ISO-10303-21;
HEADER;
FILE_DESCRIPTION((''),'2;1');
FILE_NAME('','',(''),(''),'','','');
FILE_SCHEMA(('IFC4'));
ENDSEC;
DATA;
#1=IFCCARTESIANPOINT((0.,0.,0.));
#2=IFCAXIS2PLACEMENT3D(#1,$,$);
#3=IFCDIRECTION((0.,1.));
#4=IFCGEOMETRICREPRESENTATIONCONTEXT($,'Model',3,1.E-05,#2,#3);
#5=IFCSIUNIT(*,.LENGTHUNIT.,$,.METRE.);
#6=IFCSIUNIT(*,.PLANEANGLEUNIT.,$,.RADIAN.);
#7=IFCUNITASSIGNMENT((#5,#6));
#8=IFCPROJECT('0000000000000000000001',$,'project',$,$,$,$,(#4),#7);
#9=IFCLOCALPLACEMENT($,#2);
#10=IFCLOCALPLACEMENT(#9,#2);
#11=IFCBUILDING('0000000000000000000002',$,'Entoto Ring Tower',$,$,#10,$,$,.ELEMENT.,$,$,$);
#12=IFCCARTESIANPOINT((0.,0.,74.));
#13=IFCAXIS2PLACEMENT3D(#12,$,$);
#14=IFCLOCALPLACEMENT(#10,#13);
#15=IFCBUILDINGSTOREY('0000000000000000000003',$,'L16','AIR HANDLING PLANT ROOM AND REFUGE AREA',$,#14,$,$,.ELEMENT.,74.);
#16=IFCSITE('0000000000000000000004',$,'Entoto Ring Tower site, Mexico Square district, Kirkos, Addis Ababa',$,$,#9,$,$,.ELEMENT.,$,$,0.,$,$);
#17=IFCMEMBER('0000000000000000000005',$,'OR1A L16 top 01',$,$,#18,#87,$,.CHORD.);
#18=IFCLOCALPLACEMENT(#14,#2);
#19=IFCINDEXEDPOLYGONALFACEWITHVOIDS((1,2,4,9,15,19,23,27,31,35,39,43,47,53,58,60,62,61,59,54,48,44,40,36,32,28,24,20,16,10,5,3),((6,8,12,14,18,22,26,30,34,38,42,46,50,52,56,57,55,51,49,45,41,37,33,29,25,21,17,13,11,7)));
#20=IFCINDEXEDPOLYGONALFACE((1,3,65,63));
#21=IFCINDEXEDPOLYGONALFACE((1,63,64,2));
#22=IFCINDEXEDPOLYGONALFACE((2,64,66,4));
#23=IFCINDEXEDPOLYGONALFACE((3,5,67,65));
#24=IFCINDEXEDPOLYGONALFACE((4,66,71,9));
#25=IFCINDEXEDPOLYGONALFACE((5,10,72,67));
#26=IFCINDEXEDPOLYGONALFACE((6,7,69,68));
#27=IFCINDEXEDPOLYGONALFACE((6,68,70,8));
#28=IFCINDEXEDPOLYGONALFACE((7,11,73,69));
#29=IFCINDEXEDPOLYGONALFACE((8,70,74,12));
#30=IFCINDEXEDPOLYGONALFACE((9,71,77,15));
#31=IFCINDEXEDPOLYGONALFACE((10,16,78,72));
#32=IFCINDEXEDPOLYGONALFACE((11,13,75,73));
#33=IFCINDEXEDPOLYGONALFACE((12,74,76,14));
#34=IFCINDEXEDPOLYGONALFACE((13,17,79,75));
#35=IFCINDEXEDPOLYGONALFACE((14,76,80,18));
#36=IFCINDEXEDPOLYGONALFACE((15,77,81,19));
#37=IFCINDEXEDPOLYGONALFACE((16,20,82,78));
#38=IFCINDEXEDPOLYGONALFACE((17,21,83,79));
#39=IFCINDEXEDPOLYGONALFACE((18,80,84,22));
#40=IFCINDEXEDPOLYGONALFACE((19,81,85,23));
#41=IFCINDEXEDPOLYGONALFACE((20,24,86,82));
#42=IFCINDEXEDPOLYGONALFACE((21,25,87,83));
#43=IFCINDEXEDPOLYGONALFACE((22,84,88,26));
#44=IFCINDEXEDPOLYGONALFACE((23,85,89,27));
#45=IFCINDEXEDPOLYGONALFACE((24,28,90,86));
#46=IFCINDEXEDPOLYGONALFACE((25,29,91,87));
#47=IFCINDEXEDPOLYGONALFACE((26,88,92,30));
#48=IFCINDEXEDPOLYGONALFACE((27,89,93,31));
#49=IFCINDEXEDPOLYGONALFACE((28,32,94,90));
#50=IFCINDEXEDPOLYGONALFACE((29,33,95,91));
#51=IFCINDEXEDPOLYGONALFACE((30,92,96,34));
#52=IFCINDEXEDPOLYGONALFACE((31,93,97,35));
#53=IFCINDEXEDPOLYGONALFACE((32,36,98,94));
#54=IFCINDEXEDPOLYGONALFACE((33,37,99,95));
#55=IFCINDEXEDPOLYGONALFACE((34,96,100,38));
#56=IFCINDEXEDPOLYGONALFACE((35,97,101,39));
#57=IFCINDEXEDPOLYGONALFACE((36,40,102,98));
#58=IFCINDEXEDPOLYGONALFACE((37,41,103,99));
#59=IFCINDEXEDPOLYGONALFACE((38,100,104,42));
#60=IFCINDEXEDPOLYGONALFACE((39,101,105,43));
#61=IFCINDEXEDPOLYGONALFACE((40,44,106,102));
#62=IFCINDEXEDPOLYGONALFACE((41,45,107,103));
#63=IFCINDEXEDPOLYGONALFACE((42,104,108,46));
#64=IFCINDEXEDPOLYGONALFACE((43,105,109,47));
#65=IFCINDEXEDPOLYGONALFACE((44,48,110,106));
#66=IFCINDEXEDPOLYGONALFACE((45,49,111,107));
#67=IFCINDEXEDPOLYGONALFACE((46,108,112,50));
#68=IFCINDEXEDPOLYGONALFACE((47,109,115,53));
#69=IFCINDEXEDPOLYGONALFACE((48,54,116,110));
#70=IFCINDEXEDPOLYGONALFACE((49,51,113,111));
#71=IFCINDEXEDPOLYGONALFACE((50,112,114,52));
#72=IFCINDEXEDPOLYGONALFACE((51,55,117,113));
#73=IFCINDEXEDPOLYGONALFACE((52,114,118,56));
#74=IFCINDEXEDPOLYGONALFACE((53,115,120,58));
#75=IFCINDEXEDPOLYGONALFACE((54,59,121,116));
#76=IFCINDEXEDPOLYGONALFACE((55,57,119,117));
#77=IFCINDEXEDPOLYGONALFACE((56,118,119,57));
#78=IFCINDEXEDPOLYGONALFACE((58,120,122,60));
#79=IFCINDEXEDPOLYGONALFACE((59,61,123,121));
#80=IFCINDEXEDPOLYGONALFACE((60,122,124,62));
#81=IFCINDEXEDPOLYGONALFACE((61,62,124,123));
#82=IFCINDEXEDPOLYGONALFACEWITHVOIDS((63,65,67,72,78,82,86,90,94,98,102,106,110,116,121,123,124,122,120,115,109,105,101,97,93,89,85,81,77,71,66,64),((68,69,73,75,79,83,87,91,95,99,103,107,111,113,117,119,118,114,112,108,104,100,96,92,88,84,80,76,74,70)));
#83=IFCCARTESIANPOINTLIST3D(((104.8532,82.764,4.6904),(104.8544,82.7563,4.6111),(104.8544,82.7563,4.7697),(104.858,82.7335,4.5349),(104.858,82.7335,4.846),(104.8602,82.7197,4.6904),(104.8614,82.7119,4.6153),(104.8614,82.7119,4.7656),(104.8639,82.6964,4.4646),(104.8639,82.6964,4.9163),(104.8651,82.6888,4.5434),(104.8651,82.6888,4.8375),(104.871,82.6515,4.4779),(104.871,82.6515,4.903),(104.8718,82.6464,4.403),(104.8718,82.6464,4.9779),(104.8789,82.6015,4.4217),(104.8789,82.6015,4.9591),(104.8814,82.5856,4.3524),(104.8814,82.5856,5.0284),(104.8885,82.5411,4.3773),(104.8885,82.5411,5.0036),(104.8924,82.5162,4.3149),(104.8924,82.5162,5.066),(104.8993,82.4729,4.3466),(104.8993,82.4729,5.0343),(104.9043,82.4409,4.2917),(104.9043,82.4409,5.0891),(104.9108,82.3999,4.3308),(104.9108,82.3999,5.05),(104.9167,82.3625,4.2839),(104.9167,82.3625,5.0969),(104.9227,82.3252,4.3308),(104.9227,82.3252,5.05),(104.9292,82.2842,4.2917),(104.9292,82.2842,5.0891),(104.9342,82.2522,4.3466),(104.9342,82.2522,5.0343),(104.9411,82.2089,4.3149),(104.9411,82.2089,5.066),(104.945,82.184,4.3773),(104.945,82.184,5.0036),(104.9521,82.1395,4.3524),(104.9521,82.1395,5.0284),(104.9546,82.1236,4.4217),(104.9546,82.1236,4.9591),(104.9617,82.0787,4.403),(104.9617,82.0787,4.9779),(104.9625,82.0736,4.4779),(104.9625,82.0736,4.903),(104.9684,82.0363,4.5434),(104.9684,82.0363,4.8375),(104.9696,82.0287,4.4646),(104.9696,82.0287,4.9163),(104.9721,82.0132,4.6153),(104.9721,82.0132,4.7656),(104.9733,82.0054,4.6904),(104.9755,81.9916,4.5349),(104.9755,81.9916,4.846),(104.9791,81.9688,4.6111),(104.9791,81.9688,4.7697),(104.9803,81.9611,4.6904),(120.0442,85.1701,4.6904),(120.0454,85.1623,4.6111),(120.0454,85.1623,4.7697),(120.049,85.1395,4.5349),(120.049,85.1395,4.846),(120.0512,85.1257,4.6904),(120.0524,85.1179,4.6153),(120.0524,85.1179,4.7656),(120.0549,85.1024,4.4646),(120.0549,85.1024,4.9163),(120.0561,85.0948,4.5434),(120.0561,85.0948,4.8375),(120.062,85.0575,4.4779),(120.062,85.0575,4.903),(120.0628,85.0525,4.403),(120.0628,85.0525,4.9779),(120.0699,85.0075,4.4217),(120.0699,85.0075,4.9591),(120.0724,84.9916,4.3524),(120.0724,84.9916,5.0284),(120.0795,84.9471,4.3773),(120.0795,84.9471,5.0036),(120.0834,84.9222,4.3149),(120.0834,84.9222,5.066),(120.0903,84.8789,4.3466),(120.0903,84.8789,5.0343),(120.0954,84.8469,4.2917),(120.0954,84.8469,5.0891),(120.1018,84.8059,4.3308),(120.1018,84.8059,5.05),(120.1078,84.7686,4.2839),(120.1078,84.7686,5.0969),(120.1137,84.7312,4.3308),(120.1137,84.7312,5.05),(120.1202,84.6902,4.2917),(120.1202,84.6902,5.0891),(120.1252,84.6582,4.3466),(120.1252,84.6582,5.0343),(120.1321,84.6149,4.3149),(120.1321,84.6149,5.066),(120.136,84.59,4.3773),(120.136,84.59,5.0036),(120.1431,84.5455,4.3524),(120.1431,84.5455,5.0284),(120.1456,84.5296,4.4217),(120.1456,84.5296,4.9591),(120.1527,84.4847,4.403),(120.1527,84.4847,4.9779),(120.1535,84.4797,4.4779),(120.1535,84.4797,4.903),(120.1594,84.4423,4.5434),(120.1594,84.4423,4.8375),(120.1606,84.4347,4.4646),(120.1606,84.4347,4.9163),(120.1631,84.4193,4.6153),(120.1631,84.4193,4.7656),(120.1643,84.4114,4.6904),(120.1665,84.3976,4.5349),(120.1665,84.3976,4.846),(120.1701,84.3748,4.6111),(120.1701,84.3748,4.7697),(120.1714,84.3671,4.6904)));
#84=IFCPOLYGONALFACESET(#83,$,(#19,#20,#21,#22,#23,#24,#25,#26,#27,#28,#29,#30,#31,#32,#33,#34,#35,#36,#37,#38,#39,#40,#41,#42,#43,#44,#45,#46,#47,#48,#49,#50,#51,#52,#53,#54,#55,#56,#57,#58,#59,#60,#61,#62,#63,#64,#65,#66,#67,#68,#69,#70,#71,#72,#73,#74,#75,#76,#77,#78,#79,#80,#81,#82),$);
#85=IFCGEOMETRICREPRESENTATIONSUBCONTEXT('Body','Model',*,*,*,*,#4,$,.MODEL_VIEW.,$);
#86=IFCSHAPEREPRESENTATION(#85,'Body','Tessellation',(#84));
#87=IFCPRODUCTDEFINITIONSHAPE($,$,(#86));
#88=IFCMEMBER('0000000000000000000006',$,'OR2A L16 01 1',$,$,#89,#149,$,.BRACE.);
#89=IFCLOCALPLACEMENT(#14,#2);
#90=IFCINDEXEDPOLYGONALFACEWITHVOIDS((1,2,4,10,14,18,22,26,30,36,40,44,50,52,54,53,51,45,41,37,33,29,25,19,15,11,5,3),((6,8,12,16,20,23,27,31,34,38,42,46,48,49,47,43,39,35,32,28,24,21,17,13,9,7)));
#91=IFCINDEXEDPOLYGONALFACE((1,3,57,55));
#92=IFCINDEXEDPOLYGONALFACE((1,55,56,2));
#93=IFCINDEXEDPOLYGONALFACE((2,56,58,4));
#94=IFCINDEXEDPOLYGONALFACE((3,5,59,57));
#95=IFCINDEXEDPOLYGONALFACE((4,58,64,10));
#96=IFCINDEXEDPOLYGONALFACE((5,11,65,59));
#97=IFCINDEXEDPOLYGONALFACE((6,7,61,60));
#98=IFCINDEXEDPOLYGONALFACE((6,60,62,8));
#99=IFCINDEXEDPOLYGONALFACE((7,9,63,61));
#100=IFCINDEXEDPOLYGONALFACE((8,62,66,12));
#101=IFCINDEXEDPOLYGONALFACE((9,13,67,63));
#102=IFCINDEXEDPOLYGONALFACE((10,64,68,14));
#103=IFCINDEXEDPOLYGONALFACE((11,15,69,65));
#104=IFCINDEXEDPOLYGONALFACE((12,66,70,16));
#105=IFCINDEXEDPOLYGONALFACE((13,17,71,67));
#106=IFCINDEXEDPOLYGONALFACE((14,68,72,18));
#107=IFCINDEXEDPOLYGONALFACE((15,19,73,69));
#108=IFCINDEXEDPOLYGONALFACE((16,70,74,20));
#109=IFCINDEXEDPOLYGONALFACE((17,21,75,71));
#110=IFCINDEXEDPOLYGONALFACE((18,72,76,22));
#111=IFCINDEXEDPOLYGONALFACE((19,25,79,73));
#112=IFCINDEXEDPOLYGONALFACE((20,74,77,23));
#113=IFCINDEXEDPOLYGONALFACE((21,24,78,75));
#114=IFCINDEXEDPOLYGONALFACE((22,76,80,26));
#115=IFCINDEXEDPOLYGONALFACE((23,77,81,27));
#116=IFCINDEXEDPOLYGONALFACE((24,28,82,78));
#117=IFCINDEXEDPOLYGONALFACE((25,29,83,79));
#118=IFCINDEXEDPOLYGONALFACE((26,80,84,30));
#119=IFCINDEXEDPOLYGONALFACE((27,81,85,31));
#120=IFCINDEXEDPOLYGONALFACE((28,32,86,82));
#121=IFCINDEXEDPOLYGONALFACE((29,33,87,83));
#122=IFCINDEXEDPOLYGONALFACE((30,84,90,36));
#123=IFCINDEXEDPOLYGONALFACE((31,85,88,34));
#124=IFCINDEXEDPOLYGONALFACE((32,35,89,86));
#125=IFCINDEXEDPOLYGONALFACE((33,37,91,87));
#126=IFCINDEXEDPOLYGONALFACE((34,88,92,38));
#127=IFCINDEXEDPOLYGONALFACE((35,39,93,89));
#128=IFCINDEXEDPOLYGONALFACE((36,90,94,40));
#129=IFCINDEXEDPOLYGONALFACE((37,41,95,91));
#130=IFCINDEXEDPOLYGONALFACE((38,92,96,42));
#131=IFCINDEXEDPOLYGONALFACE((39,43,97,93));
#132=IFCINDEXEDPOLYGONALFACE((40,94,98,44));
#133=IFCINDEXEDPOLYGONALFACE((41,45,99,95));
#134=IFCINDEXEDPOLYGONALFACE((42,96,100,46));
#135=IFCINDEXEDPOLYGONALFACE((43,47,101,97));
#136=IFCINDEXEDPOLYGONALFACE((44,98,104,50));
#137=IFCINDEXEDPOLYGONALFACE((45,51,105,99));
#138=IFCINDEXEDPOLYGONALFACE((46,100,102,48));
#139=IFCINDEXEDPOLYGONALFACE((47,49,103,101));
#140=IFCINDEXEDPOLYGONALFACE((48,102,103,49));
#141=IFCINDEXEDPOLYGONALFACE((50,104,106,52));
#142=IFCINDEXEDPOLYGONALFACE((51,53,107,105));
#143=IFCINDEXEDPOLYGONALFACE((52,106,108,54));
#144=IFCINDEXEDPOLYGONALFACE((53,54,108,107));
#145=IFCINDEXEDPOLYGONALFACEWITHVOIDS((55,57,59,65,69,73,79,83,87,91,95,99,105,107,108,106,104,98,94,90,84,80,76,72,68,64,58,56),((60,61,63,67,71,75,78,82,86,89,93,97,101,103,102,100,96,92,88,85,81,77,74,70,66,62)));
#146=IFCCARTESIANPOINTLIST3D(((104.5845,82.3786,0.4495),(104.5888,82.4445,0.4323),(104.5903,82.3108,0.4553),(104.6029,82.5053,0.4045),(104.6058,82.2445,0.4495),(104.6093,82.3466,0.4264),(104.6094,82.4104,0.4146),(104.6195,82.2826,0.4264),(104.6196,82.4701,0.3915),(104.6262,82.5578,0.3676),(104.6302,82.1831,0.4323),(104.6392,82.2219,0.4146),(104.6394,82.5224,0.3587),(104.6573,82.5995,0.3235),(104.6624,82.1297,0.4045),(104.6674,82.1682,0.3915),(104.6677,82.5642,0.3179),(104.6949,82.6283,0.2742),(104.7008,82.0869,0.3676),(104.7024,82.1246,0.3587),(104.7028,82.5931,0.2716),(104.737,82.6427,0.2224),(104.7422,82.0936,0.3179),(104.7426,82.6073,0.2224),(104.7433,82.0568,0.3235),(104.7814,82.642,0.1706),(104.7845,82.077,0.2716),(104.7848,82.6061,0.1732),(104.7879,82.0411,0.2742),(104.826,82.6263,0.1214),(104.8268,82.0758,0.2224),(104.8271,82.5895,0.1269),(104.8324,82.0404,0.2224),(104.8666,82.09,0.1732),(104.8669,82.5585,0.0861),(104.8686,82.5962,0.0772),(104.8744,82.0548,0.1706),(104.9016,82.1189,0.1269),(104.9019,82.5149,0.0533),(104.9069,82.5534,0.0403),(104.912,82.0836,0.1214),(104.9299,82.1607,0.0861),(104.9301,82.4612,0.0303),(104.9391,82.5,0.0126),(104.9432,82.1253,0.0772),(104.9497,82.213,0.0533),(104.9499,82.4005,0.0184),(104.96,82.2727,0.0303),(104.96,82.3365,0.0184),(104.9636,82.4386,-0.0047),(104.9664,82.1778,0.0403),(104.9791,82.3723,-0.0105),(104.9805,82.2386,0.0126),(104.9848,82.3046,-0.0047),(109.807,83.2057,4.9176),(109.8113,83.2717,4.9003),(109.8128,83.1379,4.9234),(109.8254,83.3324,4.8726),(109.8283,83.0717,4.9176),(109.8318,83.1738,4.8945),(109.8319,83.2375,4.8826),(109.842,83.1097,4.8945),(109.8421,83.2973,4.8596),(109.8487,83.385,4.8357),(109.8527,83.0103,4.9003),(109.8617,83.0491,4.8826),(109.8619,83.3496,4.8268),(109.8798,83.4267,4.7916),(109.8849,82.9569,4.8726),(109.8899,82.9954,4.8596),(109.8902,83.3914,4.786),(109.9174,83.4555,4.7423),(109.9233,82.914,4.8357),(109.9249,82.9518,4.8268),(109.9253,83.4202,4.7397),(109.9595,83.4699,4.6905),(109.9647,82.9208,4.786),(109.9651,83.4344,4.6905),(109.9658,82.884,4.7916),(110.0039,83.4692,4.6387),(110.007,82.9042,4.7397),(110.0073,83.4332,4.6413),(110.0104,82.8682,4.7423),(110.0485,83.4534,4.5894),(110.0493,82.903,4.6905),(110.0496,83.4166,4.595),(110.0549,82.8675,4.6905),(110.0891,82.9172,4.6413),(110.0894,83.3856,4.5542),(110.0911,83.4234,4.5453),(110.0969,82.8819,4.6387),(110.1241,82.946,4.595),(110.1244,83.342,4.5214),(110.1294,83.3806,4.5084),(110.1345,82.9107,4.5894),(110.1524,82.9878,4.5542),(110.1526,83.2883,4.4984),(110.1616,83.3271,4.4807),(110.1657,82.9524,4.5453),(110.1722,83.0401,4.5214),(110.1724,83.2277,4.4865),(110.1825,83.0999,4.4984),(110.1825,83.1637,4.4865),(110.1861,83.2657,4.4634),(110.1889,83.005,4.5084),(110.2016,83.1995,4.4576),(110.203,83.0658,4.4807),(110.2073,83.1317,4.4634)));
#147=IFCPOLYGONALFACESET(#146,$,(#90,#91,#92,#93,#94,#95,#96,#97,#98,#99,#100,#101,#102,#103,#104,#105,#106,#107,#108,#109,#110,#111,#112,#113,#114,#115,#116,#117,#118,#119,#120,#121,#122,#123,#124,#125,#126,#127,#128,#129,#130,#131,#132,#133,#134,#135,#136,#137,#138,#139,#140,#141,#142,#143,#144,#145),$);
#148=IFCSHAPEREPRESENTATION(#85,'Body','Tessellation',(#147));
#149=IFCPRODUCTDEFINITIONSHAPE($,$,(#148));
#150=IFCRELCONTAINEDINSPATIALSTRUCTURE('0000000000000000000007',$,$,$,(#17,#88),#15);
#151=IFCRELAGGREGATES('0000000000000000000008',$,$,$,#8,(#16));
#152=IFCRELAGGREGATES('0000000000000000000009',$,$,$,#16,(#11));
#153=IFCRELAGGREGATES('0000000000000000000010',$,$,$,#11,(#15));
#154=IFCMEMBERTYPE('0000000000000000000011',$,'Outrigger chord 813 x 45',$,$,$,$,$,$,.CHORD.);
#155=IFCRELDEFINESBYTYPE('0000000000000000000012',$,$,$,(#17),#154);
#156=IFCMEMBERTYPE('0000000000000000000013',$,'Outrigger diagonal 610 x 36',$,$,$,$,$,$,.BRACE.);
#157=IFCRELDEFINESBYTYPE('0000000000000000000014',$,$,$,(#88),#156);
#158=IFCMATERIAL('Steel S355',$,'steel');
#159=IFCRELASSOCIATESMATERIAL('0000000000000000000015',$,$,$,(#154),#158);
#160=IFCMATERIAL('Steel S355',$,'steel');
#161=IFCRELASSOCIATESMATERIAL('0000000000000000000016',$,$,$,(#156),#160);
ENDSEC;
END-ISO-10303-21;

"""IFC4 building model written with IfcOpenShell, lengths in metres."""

from ifc_helpers import new_model, si_unit, direction, frame, origin, origin_2d, place, context, subcontext, project, spatial, circle, hollow_circle, extrude, material, material_profile, profile_set, type_object, element, save


model = new_model("IFC4")

# Units and contexts
model_context = context("Model", 3, precision=1e-05, world=origin(), true_north=direction((0.0, 1.0)))
body_context = subcontext(model_context, "Body", "Model", "MODEL_VIEW")
ifc_project = project(units=[si_unit("LENGTHUNIT", "METRE"), si_unit("PLANEANGLEUNIT", "RADIAN")], contexts=[model_context])

# Site, building, storey
site_placement = place(None, origin())
site = spatial("IfcSite", under=ifc_project, at=site_placement, Name="Entoto Ring Tower site, Mexico Square district, Kirkos, Addis Ababa", CompositionType="ELEMENT", RefElevation=0.0)
building_placement = place(site_placement, origin())
building = spatial("IfcBuilding", under=site, at=building_placement, Name="Entoto Ring Tower", CompositionType="ELEMENT")
storey_placement = place(building_placement, frame((0.0, 0.0, 74.0)))
storey = spatial("IfcBuildingStorey", under=building, at=storey_placement, Name="L16", Description="AIR HANDLING PLANT ROOM AND REFUGE AREA", CompositionType="ELEMENT", Elevation=74.0)

# Members
ifc_material_1 = material(Name="Steel S355", Category="steel")
ifc_material_profile_1 = material_profile(ifc_material_1, hollow_circle(Radius=0.4065, WallThickness=0.0449, at=origin_2d()), Name="CHS 813 x 45")
ifc_material_2 = material(Name="Concrete C60/75", Category="concrete")
ifc_material_profile_2 = material_profile(ifc_material_2, circle(Radius=0.3616, at=origin_2d()), Name="Concrete C60/75 infill")
ifc_profile_set_1 = profile_set([ifc_material_profile_1, ifc_material_profile_2], Name="Steel S355")
member_type_1 = type_object("IfcMemberType", Name="Outrigger chord 813 x 45", PredefinedType="CHORD", material=ifc_profile_set_1)
member_1_placement = place(storey_placement, frame((104.9167, 82.3625, 4.6904), z_axis=(0.987688, 0.156435, 0.0), x_axis=(-0.156435, 0.987688, 0.0)))
element("IfcMember", 1, at=member_1_placement, inside=storey, type_object=member_type_1, Name="OR1A L16 top 01", PredefinedType="CHORD", context=body_context, shape_type="SweptSolid", body=[
    extrude(hollow_circle(Radius=0.4065, WallThickness=0.0449, at=origin_2d()), origin(), (0.0, 0.0, 1.0), 15.3804),
])
ifc_material_3 = material(Name="Steel S355", Category="steel")
ifc_material_profile_3 = material_profile(ifc_material_3, hollow_circle(Radius=0.3049, WallThickness=0.0359, at=origin_2d()), Name="CHS 610 x 36")
ifc_material_4 = material(Name="Concrete C60/75", Category="concrete")
ifc_material_profile_4 = material_profile(ifc_material_4, circle(Radius=0.269, at=origin_2d()), Name="Concrete C60/75 infill")
ifc_profile_set_2 = profile_set([ifc_material_profile_3, ifc_material_profile_4], Name="Steel S355")
member_type_2 = type_object("IfcMemberType", Name="Outrigger diagonal 610 x 36", PredefinedType="BRACE", material=ifc_profile_set_2)
member_2_placement = place(storey_placement, frame((104.7847, 82.3416, 0.2224), z_axis=(0.754412, 0.119487, 0.645435), x_axis=(-0.156434, 0.987688, 0.0)))
element("IfcMember", 2, at=member_2_placement, inside=storey, type_object=member_type_2, Name="OR2A L16 01 1", PredefinedType="BRACE", context=body_context, shape_type="SweptSolid", body=[
    extrude(hollow_circle(Radius=0.3049, WallThickness=0.0359, at=origin_2d()), origin(), (0.0, 0.0, 1.0), 6.9226),
])

save(model, "model.ifc")
